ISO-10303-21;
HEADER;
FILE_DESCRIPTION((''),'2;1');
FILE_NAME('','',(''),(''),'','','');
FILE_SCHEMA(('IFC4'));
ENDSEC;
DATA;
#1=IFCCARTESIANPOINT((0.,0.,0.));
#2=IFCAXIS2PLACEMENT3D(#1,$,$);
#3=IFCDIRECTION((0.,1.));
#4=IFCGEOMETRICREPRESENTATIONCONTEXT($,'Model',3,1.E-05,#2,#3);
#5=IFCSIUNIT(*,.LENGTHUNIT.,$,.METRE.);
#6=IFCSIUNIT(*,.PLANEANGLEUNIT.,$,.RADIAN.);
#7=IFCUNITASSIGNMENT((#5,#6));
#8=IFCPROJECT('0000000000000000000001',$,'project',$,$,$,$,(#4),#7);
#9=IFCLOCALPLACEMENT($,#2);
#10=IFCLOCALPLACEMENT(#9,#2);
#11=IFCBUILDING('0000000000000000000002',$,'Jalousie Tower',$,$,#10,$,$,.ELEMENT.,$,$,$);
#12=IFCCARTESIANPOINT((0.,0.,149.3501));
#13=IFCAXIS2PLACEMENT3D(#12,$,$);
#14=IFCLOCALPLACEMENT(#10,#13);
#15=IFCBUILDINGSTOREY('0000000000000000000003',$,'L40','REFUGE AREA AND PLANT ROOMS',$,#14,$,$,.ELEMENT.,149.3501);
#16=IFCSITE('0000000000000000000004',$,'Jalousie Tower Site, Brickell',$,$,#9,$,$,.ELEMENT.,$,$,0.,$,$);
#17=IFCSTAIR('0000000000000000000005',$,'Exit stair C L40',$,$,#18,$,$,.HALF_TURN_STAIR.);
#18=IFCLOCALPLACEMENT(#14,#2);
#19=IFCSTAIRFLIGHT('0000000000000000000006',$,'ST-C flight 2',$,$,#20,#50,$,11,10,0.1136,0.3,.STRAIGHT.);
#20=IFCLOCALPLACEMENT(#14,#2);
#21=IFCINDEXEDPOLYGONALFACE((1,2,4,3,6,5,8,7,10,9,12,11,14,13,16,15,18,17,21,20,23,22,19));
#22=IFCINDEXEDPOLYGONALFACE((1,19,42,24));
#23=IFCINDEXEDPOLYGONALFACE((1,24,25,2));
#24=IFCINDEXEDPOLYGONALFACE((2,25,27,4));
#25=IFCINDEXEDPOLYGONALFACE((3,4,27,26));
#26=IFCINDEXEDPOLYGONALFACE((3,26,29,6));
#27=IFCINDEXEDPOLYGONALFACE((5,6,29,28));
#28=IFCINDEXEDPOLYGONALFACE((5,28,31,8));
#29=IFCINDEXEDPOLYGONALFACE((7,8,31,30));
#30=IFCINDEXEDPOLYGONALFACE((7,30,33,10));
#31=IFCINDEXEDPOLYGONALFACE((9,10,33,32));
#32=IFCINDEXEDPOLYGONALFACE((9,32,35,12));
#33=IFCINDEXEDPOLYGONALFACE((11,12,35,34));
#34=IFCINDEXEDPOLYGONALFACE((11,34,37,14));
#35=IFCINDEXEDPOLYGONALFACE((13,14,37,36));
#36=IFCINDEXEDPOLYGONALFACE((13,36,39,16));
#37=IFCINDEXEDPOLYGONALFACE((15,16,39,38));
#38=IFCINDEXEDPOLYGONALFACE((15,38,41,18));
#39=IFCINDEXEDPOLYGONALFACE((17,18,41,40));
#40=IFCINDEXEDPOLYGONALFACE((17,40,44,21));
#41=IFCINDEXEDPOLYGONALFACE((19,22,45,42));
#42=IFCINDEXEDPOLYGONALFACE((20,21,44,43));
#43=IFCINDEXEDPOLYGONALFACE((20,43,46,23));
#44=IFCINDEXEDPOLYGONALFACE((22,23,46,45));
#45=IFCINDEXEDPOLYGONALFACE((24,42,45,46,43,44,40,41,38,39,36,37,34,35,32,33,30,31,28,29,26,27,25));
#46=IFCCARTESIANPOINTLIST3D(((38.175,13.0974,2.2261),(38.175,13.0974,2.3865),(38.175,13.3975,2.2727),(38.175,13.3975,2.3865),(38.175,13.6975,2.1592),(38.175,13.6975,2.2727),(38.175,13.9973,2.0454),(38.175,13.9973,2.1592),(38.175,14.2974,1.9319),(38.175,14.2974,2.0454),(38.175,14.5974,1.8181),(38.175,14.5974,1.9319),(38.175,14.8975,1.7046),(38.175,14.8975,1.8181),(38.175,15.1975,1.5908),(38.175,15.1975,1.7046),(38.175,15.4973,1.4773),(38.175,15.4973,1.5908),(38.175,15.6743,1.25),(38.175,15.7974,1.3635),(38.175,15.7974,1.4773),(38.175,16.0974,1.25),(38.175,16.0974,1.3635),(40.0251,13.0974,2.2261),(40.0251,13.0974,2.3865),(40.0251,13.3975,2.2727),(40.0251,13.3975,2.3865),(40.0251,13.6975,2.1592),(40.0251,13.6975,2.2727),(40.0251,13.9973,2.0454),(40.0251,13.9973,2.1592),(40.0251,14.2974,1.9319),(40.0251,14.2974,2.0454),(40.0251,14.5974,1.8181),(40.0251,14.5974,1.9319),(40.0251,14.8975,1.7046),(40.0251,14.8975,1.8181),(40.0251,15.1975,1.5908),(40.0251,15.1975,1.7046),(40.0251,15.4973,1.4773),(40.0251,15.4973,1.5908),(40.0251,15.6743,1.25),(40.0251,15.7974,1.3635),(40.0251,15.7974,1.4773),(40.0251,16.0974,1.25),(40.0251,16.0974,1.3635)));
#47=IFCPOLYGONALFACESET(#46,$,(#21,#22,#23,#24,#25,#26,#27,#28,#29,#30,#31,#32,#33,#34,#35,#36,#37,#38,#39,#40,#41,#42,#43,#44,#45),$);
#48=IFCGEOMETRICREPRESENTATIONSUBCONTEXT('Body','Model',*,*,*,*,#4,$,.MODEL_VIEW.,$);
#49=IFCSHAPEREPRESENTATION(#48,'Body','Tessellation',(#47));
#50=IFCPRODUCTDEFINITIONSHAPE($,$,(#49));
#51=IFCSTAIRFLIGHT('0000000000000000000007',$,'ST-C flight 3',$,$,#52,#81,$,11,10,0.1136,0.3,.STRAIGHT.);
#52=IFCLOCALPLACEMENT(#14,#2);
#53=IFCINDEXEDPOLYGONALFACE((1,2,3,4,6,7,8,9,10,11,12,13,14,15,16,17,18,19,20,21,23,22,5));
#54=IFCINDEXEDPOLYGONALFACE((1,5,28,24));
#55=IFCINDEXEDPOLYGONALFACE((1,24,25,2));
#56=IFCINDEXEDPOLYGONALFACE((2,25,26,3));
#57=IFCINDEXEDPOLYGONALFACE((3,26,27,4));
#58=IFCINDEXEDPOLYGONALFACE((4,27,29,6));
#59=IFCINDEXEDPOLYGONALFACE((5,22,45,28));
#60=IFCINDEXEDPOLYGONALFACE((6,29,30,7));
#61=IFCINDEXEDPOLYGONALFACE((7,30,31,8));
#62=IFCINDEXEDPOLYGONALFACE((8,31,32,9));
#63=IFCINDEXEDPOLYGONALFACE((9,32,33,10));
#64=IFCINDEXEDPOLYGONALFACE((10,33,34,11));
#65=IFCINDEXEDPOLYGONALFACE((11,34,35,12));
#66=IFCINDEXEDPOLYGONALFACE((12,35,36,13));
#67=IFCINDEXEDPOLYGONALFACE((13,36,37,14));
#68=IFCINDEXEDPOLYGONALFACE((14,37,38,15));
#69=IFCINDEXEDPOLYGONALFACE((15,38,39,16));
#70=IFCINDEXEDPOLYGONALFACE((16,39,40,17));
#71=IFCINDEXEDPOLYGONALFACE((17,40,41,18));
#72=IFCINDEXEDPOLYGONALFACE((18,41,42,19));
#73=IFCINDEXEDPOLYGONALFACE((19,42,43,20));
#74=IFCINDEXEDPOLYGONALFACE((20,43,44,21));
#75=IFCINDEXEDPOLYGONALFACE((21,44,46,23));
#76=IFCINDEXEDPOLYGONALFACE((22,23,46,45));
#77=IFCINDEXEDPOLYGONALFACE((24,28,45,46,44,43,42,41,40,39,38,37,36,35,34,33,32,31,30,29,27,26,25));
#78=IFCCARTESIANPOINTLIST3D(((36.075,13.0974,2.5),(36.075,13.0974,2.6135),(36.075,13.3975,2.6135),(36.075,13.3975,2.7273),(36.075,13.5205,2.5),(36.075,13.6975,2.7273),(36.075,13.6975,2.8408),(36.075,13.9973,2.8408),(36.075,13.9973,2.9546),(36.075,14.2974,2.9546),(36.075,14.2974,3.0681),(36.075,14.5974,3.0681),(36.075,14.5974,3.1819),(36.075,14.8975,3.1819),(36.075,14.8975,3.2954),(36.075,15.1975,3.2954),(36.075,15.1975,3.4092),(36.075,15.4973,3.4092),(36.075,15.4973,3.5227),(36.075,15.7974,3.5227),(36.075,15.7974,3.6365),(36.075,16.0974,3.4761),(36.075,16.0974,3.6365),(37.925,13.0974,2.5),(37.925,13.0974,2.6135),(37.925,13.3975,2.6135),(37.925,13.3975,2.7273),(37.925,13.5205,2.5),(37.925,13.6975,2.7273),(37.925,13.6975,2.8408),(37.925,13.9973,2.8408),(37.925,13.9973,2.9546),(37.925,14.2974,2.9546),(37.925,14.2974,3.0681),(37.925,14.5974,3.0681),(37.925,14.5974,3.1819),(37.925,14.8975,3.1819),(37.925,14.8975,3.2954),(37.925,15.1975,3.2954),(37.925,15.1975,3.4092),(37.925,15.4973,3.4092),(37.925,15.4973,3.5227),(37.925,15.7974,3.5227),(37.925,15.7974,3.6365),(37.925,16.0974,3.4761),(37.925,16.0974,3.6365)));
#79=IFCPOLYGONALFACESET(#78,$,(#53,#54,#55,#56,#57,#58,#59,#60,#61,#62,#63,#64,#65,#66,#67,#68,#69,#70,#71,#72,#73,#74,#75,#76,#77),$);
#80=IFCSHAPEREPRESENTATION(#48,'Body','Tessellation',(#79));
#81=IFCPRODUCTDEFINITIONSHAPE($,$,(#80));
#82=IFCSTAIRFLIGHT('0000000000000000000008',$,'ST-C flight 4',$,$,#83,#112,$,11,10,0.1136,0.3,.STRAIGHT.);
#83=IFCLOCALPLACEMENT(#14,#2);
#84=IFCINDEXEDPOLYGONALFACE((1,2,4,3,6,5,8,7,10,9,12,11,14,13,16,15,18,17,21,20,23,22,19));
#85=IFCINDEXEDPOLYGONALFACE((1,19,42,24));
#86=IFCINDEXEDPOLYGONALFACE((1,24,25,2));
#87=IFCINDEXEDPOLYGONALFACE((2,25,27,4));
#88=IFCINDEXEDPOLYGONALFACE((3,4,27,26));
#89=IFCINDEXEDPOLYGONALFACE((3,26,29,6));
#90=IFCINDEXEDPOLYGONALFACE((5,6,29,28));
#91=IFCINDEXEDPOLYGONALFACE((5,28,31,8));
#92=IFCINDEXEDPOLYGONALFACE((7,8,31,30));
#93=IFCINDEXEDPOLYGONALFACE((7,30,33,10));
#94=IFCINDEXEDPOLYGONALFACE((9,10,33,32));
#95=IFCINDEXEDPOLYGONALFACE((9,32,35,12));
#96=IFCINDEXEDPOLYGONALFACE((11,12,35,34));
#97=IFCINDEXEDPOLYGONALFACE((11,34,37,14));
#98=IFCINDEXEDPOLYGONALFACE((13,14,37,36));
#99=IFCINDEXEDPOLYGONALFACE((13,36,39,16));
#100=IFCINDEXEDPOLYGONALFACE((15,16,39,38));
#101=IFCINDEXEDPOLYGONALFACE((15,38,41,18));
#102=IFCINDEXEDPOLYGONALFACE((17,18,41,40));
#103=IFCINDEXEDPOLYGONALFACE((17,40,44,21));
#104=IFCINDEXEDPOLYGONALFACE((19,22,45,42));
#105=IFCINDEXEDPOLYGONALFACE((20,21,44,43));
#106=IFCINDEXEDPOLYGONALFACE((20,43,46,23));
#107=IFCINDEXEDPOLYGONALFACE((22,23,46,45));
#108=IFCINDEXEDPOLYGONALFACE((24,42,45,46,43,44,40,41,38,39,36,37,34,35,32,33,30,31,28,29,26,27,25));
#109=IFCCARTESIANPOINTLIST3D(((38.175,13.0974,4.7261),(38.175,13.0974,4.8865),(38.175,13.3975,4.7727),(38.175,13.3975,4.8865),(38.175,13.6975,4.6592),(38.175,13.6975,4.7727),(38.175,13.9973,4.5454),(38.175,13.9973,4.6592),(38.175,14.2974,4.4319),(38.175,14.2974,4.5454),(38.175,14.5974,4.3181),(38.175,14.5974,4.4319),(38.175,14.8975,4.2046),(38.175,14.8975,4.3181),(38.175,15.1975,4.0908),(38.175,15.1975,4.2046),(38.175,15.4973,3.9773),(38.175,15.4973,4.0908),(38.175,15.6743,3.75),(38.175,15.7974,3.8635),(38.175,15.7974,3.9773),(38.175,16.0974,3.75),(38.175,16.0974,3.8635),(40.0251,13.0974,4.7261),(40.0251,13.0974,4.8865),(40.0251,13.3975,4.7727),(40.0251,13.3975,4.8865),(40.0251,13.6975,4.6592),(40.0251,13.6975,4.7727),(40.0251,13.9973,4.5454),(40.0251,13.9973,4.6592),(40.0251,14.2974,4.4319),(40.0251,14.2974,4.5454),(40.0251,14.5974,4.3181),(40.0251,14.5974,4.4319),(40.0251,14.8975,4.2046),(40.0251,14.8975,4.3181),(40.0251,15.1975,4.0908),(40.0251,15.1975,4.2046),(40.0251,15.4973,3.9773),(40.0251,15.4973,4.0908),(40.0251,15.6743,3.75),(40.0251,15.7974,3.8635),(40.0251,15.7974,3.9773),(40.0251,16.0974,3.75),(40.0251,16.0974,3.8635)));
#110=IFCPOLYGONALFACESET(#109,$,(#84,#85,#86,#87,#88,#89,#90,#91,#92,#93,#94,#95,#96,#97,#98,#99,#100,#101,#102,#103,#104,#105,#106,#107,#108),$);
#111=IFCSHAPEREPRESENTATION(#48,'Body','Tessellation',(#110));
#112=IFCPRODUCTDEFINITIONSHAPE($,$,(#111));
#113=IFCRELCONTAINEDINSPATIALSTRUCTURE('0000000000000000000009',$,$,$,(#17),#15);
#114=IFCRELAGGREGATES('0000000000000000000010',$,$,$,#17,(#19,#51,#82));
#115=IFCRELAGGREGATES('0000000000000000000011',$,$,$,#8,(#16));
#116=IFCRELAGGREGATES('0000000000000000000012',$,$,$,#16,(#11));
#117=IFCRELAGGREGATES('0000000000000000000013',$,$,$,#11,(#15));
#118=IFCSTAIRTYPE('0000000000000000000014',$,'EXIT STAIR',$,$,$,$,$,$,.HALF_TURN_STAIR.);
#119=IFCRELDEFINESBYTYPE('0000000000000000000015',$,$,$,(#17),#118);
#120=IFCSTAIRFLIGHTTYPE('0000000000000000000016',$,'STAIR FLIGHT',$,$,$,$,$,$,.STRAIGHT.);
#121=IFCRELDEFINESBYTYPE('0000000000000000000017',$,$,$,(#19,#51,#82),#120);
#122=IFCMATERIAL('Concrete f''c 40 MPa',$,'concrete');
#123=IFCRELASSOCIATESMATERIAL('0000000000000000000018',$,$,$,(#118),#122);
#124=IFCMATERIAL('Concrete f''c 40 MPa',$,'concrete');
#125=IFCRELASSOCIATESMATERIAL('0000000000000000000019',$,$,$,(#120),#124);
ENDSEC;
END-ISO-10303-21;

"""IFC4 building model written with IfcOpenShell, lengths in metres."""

from ifc_helpers import new_model, si_unit, direction, frame, origin, place, context, subcontext, project, spatial, polyline, outline, extrude, material, type_object, element, aggregate, save


model = new_model("IFC4")

# Units and contexts
model_context = context("Model", 3, precision=1e-05, world=origin(), true_north=direction((0.0, 1.0)))
body_context = subcontext(model_context, "Body", "Model", "MODEL_VIEW")
ifc_project = project(units=[si_unit("LENGTHUNIT", "METRE"), si_unit("PLANEANGLEUNIT", "RADIAN")], contexts=[model_context])

# Site, building, storey
site_placement = place(None, origin())
site = spatial("IfcSite", under=ifc_project, at=site_placement, Name="Jalousie Tower Site, Brickell", CompositionType="ELEMENT", RefElevation=0.0)
building_placement = place(site_placement, origin())
building = spatial("IfcBuilding", under=site, at=building_placement, Name="Jalousie Tower", CompositionType="ELEMENT")
storey_placement = place(building_placement, frame((0.0, 0.0, 149.3501)))
storey = spatial("IfcBuildingStorey", under=building, at=storey_placement, Name="L40", Description="REFUGE AREA AND PLANT ROOMS", CompositionType="ELEMENT", Elevation=149.3501)

# Stair, stair flights
ifc_material_1 = material(Name="Concrete f'c 40 MPa", Category="concrete")
stair_type = type_object("IfcStairType", Name="EXIT STAIR", PredefinedType="HALF_TURN_STAIR", material=ifc_material_1)
stair_placement = place(storey_placement, origin())
stair = element("IfcStair", 1, at=stair_placement, inside=storey, type_object=stair_type, Name="Exit stair C L40", PredefinedType="HALF_TURN_STAIR")
ifc_material_2 = material(Name="Concrete f'c 40 MPa", Category="concrete")
stair_flight_type = type_object("IfcStairFlightType", Name="STAIR FLIGHT", PredefinedType="STRAIGHT", material=ifc_material_2)
stair_flight_1_placement = place(storey_placement, frame((39.1001, 16.0974, 1.25), z_axis=(0.0, 0.0, 1.0), x_axis=(0.0, -1.0, 0.0)))
stair_flight_1 = element("IfcStairFlight", 2, at=stair_flight_1_placement, type_object=stair_flight_type, Name="ST-C flight 2", NumberOfRisers=11, NumberOfTreads=10, PredefinedType="STRAIGHT", RiserHeight=0.1136, TreadLength=0.3, context=body_context, shape_type="SweptSolid", body=[
    extrude(outline(polyline([(0.0, 0.0), (0.0, 0.1135), (0.3, 0.1135), (0.3, 0.2273), (0.6001, 0.2273), (0.6001, 0.3408), (0.8999, 0.3408), (0.8999, 0.4546), (1.2, 0.4546), (1.2, 0.5681), (1.5, 0.5681), (1.5, 0.6819), (1.8, 0.6819), (1.8, 0.7954), (2.1001, 0.7954), (2.1001, 0.9092), (2.3999, 0.9092), (2.3999, 1.0227), (2.7, 1.0227), (2.7, 1.1365), (3.0, 1.1365), (3.0, 1.25), (3.0, 0.9761), (0.4231, 0.0), (0.0, 0.0)])), frame((0.0, 0.925, 0.0), z_axis=(0.0, -1.0, 0.0), x_axis=(1.0, 0.0, 0.0)), (0.0, 0.0, 1.0), 1.8501),
])
stair_flight_2_placement = place(storey_placement, frame((37.0, 13.0974, 2.5), z_axis=(0.0, 0.0, 1.0), x_axis=(0.0, 1.0, 0.0)))
stair_flight_2 = element("IfcStairFlight", 3, at=stair_flight_2_placement, type_object=stair_flight_type, Name="ST-C flight 3", NumberOfRisers=11, NumberOfTreads=10, PredefinedType="STRAIGHT", RiserHeight=0.1136, TreadLength=0.3, context=body_context, shape_type="SweptSolid", body=[
    extrude(outline(polyline([(0.0, 0.0), (0.0, 0.1135), (0.3, 0.1135), (0.3, 0.2273), (0.6001, 0.2273), (0.6001, 0.3408), (0.8999, 0.3408), (0.8999, 0.4546), (1.2, 0.4546), (1.2, 0.5681), (1.5, 0.5681), (1.5, 0.6819), (1.8, 0.6819), (1.8, 0.7954), (2.1001, 0.7954), (2.1001, 0.9092), (2.3999, 0.9092), (2.3999, 1.0227), (2.7, 1.0227), (2.7, 1.1365), (3.0, 1.1365), (3.0, 1.25), (3.0, 0.9761), (0.4231, 0.0), (0.0, 0.0)])), frame((0.0, 0.925, 0.0), z_axis=(0.0, -1.0, 0.0), x_axis=(1.0, 0.0, 0.0)), (0.0, 0.0, 1.0), 1.8501),
])
stair_flight_3_placement = place(storey_placement, frame((39.1001, 16.0974, 3.75), z_axis=(0.0, 0.0, 1.0), x_axis=(0.0, -1.0, 0.0)))
stair_flight_3 = element("IfcStairFlight", 4, at=stair_flight_3_placement, type_object=stair_flight_type, Name="ST-C flight 4", NumberOfRisers=11, NumberOfTreads=10, PredefinedType="STRAIGHT", RiserHeight=0.1136, TreadLength=0.3, context=body_context, shape_type="SweptSolid", body=[
    extrude(outline(polyline([(0.0, 0.0), (0.0, 0.1135), (0.3, 0.1135), (0.3, 0.2273), (0.6001, 0.2273), (0.6001, 0.3408), (0.8999, 0.3408), (0.8999, 0.4546), (1.2, 0.4546), (1.2, 0.5681), (1.5, 0.5681), (1.5, 0.6819), (1.8, 0.6819), (1.8, 0.7954), (2.1001, 0.7954), (2.1001, 0.9092), (2.3999, 0.9092), (2.3999, 1.0227), (2.7, 1.0227), (2.7, 1.1365), (3.0, 1.1365), (3.0, 1.25), (3.0, 0.9761), (0.4231, 0.0), (0.0, 0.0)])), frame((0.0, 0.925, 0.0), z_axis=(0.0, -1.0, 0.0), x_axis=(1.0, 0.0, 0.0)), (0.0, 0.0, 1.0), 1.8501),
])
aggregate(stair, [stair_flight_1, stair_flight_2, stair_flight_3])

save(model, "model.ifc")
